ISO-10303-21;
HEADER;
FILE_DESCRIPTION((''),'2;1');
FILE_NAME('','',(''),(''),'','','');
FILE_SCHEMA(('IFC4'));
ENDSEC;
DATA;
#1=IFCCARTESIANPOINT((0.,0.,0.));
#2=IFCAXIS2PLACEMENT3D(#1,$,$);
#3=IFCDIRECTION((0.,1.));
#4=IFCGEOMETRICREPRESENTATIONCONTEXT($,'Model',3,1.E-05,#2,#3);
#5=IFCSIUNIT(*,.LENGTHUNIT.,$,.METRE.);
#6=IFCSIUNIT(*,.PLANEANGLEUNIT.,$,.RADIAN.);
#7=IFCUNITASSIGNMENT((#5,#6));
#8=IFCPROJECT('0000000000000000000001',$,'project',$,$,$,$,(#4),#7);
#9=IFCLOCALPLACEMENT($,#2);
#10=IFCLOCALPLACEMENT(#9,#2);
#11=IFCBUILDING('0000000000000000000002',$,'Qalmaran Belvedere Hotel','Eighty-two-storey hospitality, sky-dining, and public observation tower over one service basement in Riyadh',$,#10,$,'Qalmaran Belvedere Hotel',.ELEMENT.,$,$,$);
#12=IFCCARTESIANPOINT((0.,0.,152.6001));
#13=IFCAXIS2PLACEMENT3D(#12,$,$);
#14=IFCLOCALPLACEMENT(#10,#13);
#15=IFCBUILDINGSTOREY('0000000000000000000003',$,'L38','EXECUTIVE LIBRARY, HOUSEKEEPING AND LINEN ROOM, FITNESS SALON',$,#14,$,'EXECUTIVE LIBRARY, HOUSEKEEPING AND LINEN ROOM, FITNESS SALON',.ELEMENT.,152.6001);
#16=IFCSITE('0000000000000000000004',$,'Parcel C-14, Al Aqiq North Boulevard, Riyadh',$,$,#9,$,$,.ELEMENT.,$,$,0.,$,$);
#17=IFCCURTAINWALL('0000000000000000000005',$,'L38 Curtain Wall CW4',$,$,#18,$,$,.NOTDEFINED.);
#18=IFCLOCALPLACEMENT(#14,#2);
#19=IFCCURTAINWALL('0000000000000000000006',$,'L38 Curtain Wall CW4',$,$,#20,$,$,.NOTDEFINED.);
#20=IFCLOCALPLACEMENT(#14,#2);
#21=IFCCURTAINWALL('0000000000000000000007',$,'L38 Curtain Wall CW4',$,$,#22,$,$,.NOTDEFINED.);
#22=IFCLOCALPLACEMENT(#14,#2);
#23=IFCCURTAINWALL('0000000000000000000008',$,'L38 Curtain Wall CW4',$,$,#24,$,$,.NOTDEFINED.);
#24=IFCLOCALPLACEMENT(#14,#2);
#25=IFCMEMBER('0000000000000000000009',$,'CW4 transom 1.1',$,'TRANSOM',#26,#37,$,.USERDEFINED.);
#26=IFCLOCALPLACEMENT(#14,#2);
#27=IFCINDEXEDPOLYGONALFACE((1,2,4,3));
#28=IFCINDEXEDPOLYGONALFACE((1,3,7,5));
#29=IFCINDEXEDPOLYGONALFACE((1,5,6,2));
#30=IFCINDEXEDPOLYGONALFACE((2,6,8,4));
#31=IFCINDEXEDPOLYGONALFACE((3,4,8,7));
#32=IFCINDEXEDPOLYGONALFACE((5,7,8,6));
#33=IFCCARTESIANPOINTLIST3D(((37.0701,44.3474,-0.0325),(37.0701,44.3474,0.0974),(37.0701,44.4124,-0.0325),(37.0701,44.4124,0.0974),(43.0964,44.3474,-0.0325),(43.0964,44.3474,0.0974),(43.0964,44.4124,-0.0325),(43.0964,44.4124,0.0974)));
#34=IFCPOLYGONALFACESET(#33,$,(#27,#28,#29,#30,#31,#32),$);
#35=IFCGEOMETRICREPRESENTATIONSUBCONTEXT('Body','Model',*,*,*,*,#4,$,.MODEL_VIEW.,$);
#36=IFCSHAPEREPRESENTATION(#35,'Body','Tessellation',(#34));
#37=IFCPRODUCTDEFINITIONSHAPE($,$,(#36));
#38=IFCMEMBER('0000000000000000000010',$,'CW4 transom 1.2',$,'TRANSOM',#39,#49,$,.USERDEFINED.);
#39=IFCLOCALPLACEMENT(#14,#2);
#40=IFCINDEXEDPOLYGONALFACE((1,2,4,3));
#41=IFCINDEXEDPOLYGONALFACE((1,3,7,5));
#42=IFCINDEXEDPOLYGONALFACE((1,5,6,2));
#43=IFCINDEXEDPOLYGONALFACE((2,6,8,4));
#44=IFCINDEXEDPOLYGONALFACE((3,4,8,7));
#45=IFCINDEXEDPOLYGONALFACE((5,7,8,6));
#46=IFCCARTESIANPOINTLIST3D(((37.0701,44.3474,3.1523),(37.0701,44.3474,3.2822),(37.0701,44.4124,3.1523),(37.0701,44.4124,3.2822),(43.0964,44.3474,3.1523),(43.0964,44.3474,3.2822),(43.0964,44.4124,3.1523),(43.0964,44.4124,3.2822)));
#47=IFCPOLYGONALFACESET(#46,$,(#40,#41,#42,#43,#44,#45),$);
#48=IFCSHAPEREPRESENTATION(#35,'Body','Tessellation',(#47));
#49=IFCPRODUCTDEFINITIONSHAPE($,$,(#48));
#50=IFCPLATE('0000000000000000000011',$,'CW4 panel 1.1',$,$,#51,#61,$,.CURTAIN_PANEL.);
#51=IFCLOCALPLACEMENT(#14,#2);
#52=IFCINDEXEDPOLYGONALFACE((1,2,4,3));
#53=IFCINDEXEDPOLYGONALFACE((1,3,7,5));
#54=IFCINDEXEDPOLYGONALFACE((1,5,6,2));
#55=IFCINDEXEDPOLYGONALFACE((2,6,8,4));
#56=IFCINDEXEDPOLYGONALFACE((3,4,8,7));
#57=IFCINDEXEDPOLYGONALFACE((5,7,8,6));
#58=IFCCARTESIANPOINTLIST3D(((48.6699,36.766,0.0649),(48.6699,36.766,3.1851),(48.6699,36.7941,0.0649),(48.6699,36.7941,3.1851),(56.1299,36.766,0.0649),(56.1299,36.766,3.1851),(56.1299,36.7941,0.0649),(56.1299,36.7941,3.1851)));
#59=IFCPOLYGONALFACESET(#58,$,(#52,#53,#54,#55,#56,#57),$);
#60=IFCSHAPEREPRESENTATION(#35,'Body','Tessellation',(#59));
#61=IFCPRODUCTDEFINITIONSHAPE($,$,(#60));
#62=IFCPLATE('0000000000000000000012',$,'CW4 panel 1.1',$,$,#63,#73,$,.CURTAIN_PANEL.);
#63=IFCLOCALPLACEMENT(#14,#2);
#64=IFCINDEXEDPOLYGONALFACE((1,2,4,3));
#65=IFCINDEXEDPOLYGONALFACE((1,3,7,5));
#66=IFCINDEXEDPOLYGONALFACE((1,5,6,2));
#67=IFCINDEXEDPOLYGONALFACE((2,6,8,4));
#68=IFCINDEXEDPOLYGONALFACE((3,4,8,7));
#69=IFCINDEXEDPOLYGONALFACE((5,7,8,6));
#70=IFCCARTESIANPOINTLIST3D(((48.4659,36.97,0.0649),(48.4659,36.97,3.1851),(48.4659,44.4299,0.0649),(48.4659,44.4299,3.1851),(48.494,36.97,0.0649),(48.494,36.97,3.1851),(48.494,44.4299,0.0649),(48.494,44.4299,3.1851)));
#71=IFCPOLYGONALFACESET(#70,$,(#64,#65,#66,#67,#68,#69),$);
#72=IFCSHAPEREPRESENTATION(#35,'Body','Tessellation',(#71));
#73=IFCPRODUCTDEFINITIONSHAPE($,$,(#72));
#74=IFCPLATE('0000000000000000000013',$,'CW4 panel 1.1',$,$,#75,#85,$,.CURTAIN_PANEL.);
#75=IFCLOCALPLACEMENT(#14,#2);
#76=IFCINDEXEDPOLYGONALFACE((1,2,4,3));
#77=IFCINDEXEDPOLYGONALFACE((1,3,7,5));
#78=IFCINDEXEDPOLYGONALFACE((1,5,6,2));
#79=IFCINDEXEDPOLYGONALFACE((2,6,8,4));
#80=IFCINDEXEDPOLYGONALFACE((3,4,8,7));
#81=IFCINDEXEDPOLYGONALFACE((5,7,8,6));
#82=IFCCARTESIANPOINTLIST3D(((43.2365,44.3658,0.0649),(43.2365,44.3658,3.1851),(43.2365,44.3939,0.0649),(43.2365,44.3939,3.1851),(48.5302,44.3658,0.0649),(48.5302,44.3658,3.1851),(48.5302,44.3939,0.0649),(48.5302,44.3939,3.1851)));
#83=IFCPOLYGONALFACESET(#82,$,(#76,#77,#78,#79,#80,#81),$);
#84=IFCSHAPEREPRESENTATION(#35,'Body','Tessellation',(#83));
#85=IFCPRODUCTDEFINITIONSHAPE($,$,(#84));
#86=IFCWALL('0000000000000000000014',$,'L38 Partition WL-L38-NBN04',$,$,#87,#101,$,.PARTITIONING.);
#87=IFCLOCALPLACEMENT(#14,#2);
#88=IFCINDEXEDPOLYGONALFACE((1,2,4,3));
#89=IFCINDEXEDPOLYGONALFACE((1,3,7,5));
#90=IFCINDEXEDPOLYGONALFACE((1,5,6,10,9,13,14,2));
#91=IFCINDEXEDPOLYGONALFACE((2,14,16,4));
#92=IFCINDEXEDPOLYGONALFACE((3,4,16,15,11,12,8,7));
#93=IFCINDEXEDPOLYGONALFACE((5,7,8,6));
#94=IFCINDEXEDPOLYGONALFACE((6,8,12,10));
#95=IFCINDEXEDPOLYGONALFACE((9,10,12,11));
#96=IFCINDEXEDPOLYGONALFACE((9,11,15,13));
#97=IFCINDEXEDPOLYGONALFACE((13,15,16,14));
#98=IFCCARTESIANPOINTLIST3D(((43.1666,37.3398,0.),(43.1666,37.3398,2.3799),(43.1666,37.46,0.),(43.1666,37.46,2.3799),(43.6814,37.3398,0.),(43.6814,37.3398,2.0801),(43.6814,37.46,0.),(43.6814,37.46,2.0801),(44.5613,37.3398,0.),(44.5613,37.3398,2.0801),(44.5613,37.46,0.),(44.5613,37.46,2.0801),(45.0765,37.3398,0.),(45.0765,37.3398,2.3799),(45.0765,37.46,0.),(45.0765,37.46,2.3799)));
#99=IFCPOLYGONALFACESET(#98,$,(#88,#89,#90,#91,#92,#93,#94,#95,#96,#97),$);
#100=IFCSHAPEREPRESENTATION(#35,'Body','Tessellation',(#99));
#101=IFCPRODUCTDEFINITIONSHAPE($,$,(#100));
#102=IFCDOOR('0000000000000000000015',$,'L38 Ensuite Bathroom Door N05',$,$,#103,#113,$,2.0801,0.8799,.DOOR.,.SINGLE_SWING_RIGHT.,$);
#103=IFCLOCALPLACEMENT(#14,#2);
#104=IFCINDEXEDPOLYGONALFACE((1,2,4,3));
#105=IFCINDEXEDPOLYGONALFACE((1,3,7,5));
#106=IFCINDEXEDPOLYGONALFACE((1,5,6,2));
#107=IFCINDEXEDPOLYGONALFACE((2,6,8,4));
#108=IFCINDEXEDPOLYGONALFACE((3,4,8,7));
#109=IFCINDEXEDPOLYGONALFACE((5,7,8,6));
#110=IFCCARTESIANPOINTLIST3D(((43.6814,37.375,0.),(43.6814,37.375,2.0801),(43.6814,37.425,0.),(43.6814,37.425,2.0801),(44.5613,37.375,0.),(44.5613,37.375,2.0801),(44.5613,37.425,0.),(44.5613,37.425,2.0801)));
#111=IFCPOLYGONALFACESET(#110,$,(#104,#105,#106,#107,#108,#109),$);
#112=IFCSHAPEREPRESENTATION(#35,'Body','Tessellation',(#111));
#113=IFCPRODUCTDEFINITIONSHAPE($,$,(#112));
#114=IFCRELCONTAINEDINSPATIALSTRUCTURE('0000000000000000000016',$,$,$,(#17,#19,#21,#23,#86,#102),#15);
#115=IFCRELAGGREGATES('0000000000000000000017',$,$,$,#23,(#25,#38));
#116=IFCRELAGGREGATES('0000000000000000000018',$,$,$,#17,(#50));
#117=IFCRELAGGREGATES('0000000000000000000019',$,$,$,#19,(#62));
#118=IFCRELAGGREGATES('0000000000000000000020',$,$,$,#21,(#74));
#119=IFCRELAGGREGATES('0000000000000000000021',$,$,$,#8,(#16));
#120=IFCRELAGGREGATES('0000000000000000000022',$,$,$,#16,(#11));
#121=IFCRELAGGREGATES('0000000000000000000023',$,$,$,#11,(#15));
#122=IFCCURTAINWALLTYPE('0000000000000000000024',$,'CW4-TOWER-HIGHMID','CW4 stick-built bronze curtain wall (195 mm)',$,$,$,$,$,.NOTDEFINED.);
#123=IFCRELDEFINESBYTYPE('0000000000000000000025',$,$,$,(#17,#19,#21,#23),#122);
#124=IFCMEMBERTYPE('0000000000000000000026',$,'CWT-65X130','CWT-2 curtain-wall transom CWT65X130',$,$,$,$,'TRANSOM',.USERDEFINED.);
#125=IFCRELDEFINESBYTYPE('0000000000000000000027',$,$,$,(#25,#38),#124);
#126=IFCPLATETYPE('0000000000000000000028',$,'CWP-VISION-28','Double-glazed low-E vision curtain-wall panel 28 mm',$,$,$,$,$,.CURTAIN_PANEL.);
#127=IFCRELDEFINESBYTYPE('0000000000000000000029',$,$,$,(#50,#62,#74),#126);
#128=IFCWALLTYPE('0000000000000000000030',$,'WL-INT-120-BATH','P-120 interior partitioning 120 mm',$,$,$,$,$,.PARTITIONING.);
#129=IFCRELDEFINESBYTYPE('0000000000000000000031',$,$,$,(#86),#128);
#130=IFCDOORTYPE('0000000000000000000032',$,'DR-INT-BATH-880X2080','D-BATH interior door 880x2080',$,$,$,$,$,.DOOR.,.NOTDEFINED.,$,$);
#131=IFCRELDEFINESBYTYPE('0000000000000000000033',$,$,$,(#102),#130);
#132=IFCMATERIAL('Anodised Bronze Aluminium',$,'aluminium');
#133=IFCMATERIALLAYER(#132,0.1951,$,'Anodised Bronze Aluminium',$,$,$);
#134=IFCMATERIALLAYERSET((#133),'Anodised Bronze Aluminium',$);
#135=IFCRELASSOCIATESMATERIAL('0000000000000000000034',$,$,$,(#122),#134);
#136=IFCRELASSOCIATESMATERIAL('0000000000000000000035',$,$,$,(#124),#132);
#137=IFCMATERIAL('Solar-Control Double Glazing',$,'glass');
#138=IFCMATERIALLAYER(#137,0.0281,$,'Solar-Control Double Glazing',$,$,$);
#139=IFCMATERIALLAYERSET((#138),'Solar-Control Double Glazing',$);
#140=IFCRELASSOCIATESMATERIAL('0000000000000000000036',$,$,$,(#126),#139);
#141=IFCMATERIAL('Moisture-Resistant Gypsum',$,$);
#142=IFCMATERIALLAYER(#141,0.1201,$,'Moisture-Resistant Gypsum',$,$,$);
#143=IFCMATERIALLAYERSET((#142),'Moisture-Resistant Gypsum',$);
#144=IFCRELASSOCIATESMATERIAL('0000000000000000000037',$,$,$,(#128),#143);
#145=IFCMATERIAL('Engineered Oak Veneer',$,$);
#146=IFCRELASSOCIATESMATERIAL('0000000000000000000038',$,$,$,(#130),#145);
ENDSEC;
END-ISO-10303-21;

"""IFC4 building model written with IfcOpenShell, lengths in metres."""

from ifc_helpers import new_model, si_unit, direction, frame, frame_2d, origin, origin_2d, place, context, subcontext, project, spatial, rectangle, extrude, material, layer, layer_set, material_profile, profile_set, type_object, element, fill, aggregate, save


model = new_model("IFC4")

# Units and contexts
model_context = context("Model", 3, precision=1e-05, world=origin(), true_north=direction((0.0, 1.0)))
body_context = subcontext(model_context, "Body", "Model", "MODEL_VIEW")
ifc_project = project(units=[si_unit("LENGTHUNIT", "METRE"), si_unit("PLANEANGLEUNIT", "RADIAN")], contexts=[model_context])

# Site, building, storey
site_placement = place(None, origin())
site = spatial("IfcSite", under=ifc_project, at=site_placement, Name="Parcel C-14, Al Aqiq North Boulevard, Riyadh", CompositionType="ELEMENT", RefElevation=0.0)
building_placement = place(site_placement, origin())
building = spatial("IfcBuilding", under=site, at=building_placement, Name="Qalmaran Belvedere Hotel", Description="Eighty-two-storey hospitality, sky-dining, and public observation tower over one service basement in Riyadh", LongName="Qalmaran Belvedere Hotel", CompositionType="ELEMENT")
storey_placement = place(building_placement, frame((0.0, 0.0, 152.6001)))
storey = spatial("IfcBuildingStorey", under=building, at=storey_placement, Name="L38", Description="EXECUTIVE LIBRARY, HOUSEKEEPING AND LINEN ROOM, FITNESS SALON", LongName="EXECUTIVE LIBRARY, HOUSEKEEPING AND LINEN ROOM, FITNESS SALON", CompositionType="ELEMENT", Elevation=152.6001)

# Curtain wall
ifc_material_1 = material(Name="Anodised Bronze Aluminium", Category="aluminium")
ifc_layer_1 = layer(ifc_material_1, 0.1951, Name="Anodised Bronze Aluminium")
ifc_layer_set_1 = layer_set([ifc_layer_1], Name="Anodised Bronze Aluminium")
curtain_wall_type = type_object("IfcCurtainWallType", Name="CW4-TOWER-HIGHMID", Description="CW4 stick-built bronze curtain wall (195 mm)", PredefinedType="NOTDEFINED", material=ifc_layer_set_1)
curtain_wall_1_placement = place(storey_placement, origin())
curtain_wall_1 = element("IfcCurtainWall", 1, at=curtain_wall_1_placement, inside=storey, type_object=curtain_wall_type, Name="L38 Curtain Wall CW4", PredefinedType="NOTDEFINED")

# Curtain walls
curtain_wall_2_placement = place(storey_placement, origin())
curtain_wall_2 = element("IfcCurtainWall", 2, at=curtain_wall_2_placement, inside=storey, type_object=curtain_wall_type, Name="L38 Curtain Wall CW4", PredefinedType="NOTDEFINED")
curtain_wall_3_placement = place(storey_placement, origin())
curtain_wall_3 = element("IfcCurtainWall", 3, at=curtain_wall_3_placement, inside=storey, type_object=curtain_wall_type, Name="L38 Curtain Wall CW4", PredefinedType="NOTDEFINED")

# Curtain wall
curtain_wall_4_placement = place(storey_placement, origin())
curtain_wall_4 = element("IfcCurtainWall", 4, at=curtain_wall_4_placement, inside=storey, type_object=curtain_wall_type, Name="L38 Curtain Wall CW4", PredefinedType="NOTDEFINED")

# Members
ifc_material_profile_1 = material_profile(ifc_material_1, rectangle(XDim=0.0649, YDim=0.1299, at=origin_2d()), Name="CWT65X130")
ifc_profile_set_1 = profile_set([ifc_material_profile_1], Name="Anodised Bronze Aluminium")
member_type_1 = type_object("IfcMemberType", Name="CWT-65X130", Description="CWT-2 curtain-wall transom CWT65X130", ElementType="TRANSOM", PredefinedType="USERDEFINED", material=ifc_profile_set_1)
member_1_placement = place(storey_placement, frame((43.0964, 44.3799, 0.0325), z_axis=(-1.0, 0.0, 0.0), x_axis=(0.0, -1.0, 0.0)))
member_1 = element("IfcMember", 5, at=member_1_placement, type_object=member_type_1, Name="CW4 transom 1.1", ObjectType="TRANSOM", PredefinedType="USERDEFINED", context=body_context, shape_type="SweptSolid", body=[
    extrude(rectangle(XDim=0.0649, YDim=0.1299, at=origin_2d()), origin(), (0.0, 0.0, 1.0), 6.0264),
])
member_2_placement = place(storey_placement, frame((43.0964, 44.3799, 3.2173), z_axis=(-1.0, 0.0, 0.0), x_axis=(0.0, -1.0, 0.0)))
member_2 = element("IfcMember", 6, at=member_2_placement, type_object=member_type_1, Name="CW4 transom 1.2", ObjectType="TRANSOM", PredefinedType="USERDEFINED", context=body_context, shape_type="SweptSolid", body=[
    extrude(rectangle(XDim=0.0649, YDim=0.1299, at=origin_2d()), origin(), (0.0, 0.0, 1.0), 6.0264),
])
aggregate(curtain_wall_4, [member_1, member_2])

# Plates
ifc_material_2 = material(Name="Solar-Control Double Glazing", Category="glass")
ifc_layer_2 = layer(ifc_material_2, 0.0281, Name="Solar-Control Double Glazing")
ifc_layer_set_2 = layer_set([ifc_layer_2], Name="Solar-Control Double Glazing")
plate_type = type_object("IfcPlateType", Name="CWP-VISION-28", Description="Double-glazed low-E vision curtain-wall panel 28 mm", PredefinedType="CURTAIN_PANEL", material=ifc_layer_set_2)
plate_1_placement = place(storey_placement, frame((52.3999, 36.78, 0.0649), z_axis=(0.0, 0.0, 1.0), x_axis=(-1.0, 0.0, 0.0)))
plate_1 = element("IfcPlate", 7, at=plate_1_placement, type_object=plate_type, Name="CW4 panel 1.1", PredefinedType="CURTAIN_PANEL", context=body_context, shape_type="SweptSolid", body=[
    extrude(rectangle(XDim=7.46, YDim=0.0281, at=origin_2d()), origin(), (0.0, 0.0, 1.0), 3.1201),
])
aggregate(curtain_wall_1, [plate_1])
plate_2_placement = place(storey_placement, frame((48.48, 40.7, 0.0649), z_axis=(0.0, 0.0, 1.0), x_axis=(0.0, 1.0, 0.0)))
plate_2 = element("IfcPlate", 8, at=plate_2_placement, type_object=plate_type, Name="CW4 panel 1.1", PredefinedType="CURTAIN_PANEL", context=body_context, shape_type="SweptSolid", body=[
    extrude(rectangle(XDim=7.46, YDim=0.0281, at=origin_2d()), origin(), (0.0, 0.0, 1.0), 3.1201),
])
aggregate(curtain_wall_2, [plate_2])
plate_3_placement = place(storey_placement, frame((45.8833, 44.3799, 0.0649), z_axis=(0.0, 0.0, 1.0), x_axis=(-1.0, 0.0, 0.0)))
plate_3 = element("IfcPlate", 9, at=plate_3_placement, type_object=plate_type, Name="CW4 panel 1.1", PredefinedType="CURTAIN_PANEL", context=body_context, shape_type="SweptSolid", body=[
    extrude(rectangle(XDim=5.2937, YDim=0.0281, at=origin_2d()), origin(), (0.0, 0.0, 1.0), 3.1201),
])
aggregate(curtain_wall_3, [plate_3])

# Wall, opening, door
ifc_material_3 = material(Name="Moisture-Resistant Gypsum")
ifc_layer_3 = layer(ifc_material_3, 0.1201, Name="Moisture-Resistant Gypsum")
ifc_layer_set_3 = layer_set([ifc_layer_3], Name="Moisture-Resistant Gypsum")
wall_type = type_object("IfcWallType", Name="WL-INT-120-BATH", Description="P-120 interior partitioning 120 mm", PredefinedType="PARTITIONING", material=ifc_layer_set_3)
wall_placement = place(storey_placement, frame((43.1665, 37.3999, 0.0), z_axis=(0.0, 0.0, 1.0), x_axis=(1.0, 0.0, 0.0)))
wall = element("IfcWall", 10, at=wall_placement, inside=storey, type_object=wall_type, Name="L38 Partition WL-L38-NBN04", PredefinedType="PARTITIONING", context=body_context, shape_type="SweptSolid", body=[
    extrude(rectangle(XDim=1.9099, YDim=0.1201, at=frame_2d((0.9551, 0.0))), origin(), (0.0, 0.0, 1.0), 2.3799),
])
opening_placement = place(wall_placement, frame((1.3948, 0.0, 0.0), z_axis=(0.0, 0.0, 1.0), x_axis=(-1.0, 0.0, 0.0)))
opening = element("IfcOpeningElement", 11, at=opening_placement, cuts=wall, PredefinedType="OPENING", context=body_context, shape_type="SweptSolid", body=[
    extrude(rectangle(XDim=0.8799, YDim=2.0801, at=frame_2d((0.4399, 1.04))), frame((0.0, 0.0701, 0.0), z_axis=(0.0, -1.0, 0.0), x_axis=(1.0, 0.0, 0.0)), (0.0, 0.0, 1.0), 0.1401),
])
ifc_material_4 = material(Name="Engineered Oak Veneer")
door_type = type_object("IfcDoorType", Name="DR-INT-BATH-880X2080", Description="D-BATH interior door 880x2080", OperationType="NOTDEFINED", PredefinedType="DOOR", material=ifc_material_4)
door_placement = place(opening_placement, origin())
door = element("IfcDoor", 12, at=door_placement, inside=storey, type_object=door_type, Name="L38 Ensuite Bathroom Door N05", OperationType="SINGLE_SWING_RIGHT", OverallHeight=2.0801, OverallWidth=0.8799, PredefinedType="DOOR", context=body_context, shape_type="SweptSolid", body=[
    extrude(rectangle(XDim=0.8799, YDim=2.0801, at=frame_2d((0.4399, 1.04))), frame((0.0, 0.0249, 0.0), z_axis=(0.0, -1.0, 0.0), x_axis=(1.0, 0.0, 0.0)), (0.0, 0.0, 1.0), 0.05),
])
fill(opening, door)

save(model, "model.ifc")
